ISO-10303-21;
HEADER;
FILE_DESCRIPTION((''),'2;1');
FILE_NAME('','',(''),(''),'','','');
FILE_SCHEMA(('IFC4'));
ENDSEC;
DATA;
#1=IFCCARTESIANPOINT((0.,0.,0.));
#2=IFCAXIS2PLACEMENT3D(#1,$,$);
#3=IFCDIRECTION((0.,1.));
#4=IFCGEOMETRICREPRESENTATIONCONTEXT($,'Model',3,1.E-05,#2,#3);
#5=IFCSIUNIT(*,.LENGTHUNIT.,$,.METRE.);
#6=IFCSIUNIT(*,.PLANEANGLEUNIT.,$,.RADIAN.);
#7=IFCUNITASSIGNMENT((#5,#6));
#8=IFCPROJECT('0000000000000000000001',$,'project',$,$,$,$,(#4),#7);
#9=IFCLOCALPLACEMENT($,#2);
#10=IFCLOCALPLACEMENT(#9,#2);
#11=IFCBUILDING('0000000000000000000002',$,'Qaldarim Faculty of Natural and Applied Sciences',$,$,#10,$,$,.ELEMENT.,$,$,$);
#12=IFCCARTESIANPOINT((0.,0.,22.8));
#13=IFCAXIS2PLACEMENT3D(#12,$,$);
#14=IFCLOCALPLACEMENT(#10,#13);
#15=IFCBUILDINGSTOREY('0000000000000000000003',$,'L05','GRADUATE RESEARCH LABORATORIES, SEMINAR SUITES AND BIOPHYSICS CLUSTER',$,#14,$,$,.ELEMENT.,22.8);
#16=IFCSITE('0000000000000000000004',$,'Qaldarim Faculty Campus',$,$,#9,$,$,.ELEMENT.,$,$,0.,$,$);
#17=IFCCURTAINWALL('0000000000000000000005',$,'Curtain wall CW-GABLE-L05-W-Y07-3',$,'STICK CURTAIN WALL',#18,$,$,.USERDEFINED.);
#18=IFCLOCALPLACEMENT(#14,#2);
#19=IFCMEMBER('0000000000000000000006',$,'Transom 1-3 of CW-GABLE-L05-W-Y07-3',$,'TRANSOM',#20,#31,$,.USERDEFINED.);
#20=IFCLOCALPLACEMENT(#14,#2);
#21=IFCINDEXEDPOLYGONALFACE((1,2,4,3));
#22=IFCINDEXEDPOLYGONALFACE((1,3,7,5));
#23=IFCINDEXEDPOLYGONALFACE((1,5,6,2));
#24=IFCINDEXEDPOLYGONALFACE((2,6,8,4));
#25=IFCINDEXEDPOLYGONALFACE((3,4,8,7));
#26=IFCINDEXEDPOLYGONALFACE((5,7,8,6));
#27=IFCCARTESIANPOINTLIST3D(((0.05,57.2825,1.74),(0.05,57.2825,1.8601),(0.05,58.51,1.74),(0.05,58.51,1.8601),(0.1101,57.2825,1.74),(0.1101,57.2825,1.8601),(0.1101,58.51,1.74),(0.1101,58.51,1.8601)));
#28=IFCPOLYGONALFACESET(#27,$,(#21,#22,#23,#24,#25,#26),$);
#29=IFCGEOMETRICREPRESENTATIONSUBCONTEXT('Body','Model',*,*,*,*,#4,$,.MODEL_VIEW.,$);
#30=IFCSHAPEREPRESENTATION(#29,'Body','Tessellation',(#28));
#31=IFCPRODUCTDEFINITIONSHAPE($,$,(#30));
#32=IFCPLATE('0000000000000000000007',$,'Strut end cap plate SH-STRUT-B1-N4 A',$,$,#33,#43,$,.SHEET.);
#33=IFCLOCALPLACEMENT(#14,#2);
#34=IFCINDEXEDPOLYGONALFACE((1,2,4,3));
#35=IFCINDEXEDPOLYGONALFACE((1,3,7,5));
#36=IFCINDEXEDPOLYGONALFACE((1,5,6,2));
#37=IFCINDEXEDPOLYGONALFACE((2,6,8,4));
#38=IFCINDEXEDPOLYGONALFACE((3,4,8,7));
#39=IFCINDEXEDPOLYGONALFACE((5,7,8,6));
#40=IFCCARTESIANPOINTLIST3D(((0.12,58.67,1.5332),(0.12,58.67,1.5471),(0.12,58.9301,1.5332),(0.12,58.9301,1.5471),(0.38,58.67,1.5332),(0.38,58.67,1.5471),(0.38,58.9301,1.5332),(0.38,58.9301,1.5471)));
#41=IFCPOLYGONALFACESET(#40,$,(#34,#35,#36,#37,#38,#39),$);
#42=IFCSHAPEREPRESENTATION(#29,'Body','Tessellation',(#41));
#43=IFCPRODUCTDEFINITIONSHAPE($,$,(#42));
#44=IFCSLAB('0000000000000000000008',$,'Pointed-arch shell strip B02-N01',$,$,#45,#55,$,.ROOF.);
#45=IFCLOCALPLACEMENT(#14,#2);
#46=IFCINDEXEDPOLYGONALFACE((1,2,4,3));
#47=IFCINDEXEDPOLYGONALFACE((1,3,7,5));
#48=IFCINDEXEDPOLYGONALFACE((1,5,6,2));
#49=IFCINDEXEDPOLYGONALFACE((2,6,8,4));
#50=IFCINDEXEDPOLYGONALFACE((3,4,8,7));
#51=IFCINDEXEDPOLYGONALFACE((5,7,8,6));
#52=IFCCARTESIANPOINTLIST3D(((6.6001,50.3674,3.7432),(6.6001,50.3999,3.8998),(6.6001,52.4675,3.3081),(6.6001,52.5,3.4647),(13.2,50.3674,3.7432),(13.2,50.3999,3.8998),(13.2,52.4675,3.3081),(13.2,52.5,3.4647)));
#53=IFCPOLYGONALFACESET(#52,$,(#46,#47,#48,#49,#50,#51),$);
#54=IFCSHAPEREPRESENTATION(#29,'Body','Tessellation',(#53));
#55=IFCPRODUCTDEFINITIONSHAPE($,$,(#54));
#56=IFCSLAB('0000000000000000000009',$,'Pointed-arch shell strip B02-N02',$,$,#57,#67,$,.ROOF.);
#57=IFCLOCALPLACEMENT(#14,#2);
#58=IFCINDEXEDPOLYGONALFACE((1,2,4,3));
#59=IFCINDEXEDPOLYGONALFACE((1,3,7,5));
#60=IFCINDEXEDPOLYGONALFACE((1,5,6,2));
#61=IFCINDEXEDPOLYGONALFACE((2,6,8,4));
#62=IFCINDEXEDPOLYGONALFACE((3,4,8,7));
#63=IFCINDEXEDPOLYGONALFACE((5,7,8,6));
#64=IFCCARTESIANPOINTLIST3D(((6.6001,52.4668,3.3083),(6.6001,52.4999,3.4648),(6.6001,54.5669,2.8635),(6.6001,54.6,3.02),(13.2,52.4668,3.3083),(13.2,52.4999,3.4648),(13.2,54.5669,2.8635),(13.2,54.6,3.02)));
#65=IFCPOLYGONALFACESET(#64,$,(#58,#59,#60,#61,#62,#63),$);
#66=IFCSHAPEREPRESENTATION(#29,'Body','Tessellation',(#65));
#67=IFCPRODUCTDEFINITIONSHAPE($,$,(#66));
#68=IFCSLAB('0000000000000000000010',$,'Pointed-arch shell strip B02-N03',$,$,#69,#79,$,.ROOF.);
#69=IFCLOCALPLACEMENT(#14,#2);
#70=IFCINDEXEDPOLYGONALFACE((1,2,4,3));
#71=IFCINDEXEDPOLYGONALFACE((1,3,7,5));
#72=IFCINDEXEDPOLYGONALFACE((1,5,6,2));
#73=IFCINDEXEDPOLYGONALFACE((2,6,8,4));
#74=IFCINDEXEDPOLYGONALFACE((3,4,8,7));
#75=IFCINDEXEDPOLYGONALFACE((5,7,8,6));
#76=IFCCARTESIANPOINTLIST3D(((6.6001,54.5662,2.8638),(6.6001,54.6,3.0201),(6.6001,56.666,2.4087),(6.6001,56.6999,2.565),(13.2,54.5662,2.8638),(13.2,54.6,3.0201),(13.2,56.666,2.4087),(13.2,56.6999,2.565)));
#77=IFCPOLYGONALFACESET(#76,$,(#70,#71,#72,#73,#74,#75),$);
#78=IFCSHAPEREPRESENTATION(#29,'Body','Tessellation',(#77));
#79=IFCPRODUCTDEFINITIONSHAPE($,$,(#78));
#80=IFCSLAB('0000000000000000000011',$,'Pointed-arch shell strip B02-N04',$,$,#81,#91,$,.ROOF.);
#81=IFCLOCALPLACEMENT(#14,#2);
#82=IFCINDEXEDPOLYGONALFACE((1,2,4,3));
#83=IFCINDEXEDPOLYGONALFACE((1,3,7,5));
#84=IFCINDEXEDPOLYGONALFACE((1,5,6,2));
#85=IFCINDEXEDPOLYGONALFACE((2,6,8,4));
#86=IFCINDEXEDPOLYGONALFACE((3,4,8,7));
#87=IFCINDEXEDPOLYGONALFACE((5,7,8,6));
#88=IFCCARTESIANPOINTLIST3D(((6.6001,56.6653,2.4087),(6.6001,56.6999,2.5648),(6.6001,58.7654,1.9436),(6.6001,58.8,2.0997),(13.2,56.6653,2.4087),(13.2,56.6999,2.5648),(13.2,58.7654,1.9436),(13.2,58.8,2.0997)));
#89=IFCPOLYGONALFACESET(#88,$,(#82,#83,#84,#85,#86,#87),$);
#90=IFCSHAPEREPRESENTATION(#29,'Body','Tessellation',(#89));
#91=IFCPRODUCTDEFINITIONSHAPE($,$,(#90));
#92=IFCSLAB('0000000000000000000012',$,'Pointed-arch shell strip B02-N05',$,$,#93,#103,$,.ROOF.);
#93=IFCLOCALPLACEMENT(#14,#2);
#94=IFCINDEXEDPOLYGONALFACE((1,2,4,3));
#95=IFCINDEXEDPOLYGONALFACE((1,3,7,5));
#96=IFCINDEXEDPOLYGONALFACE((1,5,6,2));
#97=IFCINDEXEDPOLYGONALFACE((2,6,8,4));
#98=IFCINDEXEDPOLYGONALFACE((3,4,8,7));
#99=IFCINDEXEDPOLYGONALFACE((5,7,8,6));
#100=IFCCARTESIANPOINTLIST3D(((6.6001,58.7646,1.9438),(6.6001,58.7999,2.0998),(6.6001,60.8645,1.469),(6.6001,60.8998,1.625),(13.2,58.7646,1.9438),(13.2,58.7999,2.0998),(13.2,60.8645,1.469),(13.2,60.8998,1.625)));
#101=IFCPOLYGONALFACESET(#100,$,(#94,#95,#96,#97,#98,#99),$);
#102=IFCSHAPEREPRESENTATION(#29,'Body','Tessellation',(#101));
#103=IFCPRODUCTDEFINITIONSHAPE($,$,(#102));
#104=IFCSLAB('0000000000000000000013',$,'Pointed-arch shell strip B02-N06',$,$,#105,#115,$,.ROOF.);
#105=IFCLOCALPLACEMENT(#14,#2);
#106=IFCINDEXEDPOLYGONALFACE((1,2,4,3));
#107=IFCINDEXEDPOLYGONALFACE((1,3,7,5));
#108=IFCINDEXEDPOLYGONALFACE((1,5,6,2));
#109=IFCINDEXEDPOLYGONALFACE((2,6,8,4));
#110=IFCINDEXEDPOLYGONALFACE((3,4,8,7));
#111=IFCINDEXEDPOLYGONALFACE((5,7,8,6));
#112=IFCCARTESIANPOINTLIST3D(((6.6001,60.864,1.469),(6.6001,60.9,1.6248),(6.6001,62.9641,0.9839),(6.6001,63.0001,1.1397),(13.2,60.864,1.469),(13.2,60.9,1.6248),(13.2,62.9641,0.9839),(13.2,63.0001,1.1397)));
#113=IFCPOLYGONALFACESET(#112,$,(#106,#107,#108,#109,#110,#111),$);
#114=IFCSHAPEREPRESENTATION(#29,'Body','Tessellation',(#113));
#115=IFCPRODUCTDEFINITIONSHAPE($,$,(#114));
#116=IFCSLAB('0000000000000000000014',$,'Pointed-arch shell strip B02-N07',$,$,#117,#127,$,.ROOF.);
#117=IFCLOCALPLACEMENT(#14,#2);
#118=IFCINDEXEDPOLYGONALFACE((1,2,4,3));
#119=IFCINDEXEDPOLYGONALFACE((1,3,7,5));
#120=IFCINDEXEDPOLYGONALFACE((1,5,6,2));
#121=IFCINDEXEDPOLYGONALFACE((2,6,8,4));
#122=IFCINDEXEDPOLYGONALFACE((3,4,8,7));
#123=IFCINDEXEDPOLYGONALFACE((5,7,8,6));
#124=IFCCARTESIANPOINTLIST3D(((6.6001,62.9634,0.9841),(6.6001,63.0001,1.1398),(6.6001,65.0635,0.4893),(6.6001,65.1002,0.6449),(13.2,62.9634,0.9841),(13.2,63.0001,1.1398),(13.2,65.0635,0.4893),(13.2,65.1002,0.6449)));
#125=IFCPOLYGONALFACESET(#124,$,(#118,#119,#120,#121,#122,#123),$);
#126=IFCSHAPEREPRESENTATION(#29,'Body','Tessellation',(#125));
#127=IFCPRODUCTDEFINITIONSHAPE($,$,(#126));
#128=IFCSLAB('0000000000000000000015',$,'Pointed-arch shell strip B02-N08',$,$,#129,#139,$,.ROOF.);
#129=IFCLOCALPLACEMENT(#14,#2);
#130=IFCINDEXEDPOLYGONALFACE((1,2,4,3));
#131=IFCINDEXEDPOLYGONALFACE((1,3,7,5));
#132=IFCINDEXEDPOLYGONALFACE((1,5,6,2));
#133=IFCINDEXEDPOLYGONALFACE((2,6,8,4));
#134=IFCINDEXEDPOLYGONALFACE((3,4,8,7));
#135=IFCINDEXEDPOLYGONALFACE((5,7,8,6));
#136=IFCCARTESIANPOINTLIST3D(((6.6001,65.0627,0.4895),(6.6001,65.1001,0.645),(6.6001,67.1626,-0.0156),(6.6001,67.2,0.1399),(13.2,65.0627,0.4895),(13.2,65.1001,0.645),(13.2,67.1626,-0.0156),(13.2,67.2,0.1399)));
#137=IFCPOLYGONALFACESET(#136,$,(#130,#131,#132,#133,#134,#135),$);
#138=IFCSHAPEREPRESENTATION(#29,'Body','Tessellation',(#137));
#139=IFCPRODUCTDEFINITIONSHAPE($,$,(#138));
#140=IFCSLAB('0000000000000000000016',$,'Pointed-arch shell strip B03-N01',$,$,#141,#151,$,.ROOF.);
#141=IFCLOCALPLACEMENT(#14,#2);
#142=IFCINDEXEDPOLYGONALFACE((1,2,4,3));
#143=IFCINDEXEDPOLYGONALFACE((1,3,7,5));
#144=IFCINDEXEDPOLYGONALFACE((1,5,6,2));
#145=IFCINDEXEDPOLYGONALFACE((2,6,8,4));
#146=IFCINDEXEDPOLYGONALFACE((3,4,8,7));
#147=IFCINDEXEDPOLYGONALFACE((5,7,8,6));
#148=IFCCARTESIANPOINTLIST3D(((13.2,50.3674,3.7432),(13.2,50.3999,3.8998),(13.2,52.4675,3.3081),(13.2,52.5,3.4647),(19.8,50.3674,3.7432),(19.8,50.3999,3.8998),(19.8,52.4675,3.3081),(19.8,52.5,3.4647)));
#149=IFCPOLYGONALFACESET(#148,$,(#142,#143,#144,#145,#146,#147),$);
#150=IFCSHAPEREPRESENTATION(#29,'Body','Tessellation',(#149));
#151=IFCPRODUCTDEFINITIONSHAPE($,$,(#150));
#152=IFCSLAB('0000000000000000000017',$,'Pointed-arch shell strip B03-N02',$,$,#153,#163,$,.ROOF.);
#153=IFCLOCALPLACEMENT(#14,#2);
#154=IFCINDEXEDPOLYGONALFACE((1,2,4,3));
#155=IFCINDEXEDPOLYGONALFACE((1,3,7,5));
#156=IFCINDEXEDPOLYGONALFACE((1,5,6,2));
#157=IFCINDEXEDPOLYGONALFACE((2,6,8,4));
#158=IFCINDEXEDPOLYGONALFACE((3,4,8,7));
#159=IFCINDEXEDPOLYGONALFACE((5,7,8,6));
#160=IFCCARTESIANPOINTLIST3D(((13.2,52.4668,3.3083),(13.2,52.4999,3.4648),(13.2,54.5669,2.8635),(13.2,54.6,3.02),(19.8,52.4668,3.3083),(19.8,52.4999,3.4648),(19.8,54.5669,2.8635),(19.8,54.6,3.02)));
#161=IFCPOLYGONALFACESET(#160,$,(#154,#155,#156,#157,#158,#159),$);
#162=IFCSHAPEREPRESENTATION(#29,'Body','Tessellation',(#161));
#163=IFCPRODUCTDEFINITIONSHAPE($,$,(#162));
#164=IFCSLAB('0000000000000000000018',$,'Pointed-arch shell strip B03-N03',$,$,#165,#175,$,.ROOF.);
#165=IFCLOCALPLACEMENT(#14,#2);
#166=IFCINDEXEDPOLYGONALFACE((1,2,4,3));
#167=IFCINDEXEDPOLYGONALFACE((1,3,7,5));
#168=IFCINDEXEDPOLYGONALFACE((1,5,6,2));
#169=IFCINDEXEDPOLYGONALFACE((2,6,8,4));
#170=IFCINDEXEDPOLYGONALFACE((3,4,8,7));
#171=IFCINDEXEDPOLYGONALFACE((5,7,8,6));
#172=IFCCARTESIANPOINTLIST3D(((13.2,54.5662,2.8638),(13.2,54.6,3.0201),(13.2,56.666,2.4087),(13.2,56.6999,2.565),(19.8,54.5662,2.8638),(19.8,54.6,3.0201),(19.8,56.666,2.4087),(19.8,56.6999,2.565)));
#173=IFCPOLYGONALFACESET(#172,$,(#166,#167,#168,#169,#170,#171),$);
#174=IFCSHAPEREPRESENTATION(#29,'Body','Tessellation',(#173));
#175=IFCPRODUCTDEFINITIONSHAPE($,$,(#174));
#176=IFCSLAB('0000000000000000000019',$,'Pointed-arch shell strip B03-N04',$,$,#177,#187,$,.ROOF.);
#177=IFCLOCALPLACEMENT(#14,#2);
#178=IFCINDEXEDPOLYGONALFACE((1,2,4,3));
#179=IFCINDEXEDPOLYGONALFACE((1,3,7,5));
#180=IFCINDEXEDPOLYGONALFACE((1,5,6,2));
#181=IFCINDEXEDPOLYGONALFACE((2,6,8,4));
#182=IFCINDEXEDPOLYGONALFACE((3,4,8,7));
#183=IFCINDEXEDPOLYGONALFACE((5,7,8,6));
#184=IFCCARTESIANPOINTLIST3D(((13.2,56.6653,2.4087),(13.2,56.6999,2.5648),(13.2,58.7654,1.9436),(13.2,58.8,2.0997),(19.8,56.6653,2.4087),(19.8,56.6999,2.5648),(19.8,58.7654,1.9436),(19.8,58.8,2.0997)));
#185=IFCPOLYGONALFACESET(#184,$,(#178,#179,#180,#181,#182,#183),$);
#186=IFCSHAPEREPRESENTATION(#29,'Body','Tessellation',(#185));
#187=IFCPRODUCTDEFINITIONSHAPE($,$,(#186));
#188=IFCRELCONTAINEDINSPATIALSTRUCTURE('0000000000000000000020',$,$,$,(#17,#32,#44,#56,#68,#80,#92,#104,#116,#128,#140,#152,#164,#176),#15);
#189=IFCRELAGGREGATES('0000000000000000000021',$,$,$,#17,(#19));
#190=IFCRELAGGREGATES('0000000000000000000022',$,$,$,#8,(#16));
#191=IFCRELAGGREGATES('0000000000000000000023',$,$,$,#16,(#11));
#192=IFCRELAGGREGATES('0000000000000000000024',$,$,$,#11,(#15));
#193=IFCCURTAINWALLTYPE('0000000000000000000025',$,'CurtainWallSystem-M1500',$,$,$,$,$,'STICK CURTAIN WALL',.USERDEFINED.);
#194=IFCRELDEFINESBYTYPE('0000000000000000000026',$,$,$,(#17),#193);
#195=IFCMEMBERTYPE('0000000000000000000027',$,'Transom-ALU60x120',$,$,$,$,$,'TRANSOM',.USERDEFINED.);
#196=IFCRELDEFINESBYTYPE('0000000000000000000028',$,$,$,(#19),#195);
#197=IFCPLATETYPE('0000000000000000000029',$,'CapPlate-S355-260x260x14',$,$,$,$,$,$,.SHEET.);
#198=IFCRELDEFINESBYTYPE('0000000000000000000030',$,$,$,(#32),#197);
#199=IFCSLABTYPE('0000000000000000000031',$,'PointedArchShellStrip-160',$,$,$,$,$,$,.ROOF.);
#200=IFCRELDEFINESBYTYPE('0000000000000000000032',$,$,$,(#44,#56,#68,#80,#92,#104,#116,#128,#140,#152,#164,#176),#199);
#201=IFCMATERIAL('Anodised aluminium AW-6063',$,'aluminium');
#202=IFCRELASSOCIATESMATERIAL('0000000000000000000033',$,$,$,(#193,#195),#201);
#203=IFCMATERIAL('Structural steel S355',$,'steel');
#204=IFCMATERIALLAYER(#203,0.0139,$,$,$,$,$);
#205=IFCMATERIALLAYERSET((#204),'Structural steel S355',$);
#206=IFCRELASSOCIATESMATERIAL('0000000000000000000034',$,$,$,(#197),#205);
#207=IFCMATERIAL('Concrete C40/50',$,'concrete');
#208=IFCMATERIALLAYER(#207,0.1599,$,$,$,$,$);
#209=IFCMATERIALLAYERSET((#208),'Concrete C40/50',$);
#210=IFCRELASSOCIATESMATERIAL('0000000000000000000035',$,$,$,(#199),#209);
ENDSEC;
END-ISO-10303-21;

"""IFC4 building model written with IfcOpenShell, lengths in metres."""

from ifc_helpers import new_model, si_unit, direction, frame, origin, origin_2d, place, context, subcontext, project, spatial, polyline, rectangle, outline, extrude, material, layer, layer_set, material_profile, profile_set, type_object, element, aggregate, save


model = new_model("IFC4")

# Units and contexts
model_context = context("Model", 3, precision=1e-05, world=origin(), true_north=direction((0.0, 1.0)))
body_context = subcontext(model_context, "Body", "Model", "MODEL_VIEW")
ifc_project = project(units=[si_unit("LENGTHUNIT", "METRE"), si_unit("PLANEANGLEUNIT", "RADIAN")], contexts=[model_context])

# Site, building, storey
site_placement = place(None, origin())
site = spatial("IfcSite", under=ifc_project, at=site_placement, Name="Qaldarim Faculty Campus", CompositionType="ELEMENT", RefElevation=0.0)
building_placement = place(site_placement, origin())
building = spatial("IfcBuilding", under=site, at=building_placement, Name="Qaldarim Faculty of Natural and Applied Sciences", CompositionType="ELEMENT")
storey_placement = place(building_placement, frame((0.0, 0.0, 22.8)))
storey = spatial("IfcBuildingStorey", under=building, at=storey_placement, Name="L05", Description="GRADUATE RESEARCH LABORATORIES, SEMINAR SUITES AND BIOPHYSICS CLUSTER", CompositionType="ELEMENT", Elevation=22.8)

# Curtain wall
ifc_material_1 = material(Name="Anodised aluminium AW-6063", Category="aluminium")
curtain_wall_type = type_object("IfcCurtainWallType", Name="CurtainWallSystem-M1500", ElementType="STICK CURTAIN WALL", PredefinedType="USERDEFINED", material=ifc_material_1)
curtain_wall_placement = place(storey_placement, origin())
curtain_wall = element("IfcCurtainWall", 1, at=curtain_wall_placement, inside=storey, type_object=curtain_wall_type, Name="Curtain wall CW-GABLE-L05-W-Y07-3", ObjectType="STICK CURTAIN WALL", PredefinedType="USERDEFINED")

# Member
ifc_material_2 = material(Name="Structural steel S355", Category="steel")
ifc_material_profile_1 = material_profile(ifc_material_1, rectangle(XDim=0.0601, YDim=0.1201, at=origin_2d()), Name="ALU-T60x120")
ifc_profile_set_1 = profile_set([ifc_material_profile_1], Name="Anodised aluminium AW-6063")
member_type_1 = type_object("IfcMemberType", Name="Transom-ALU60x120", ElementType="TRANSOM", PredefinedType="USERDEFINED", material=ifc_profile_set_1)
member_1_placement = place(storey_placement, frame((0.0801, 58.51, 1.8), z_axis=(0.0, -1.0, 0.0), x_axis=(1.0, 0.0, 0.0)))
member_1 = element("IfcMember", 2, at=member_1_placement, type_object=member_type_1, Name="Transom 1-3 of CW-GABLE-L05-W-Y07-3", ObjectType="TRANSOM", PredefinedType="USERDEFINED", context=body_context, shape_type="SweptSolid", body=[
    extrude(rectangle(XDim=0.0601, YDim=0.1201, at=origin_2d()), origin(), (0.0, 0.0, 1.0), 1.2275),
])
aggregate(curtain_wall, [member_1])

# Plate
ifc_layer_1 = layer(ifc_material_2, 0.0139)
ifc_layer_set_1 = layer_set([ifc_layer_1], Name="Structural steel S355")
plate_type = type_object("IfcPlateType", Name="CapPlate-S355-260x260x14", PredefinedType="SHEET", material=ifc_layer_set_1)
plate_placement = place(storey_placement, frame((0.25, 58.8, 1.5332), z_axis=(0.0, 0.0, 1.0), x_axis=(1.0, 0.0, 0.0)))
element("IfcPlate", 3, at=plate_placement, inside=storey, type_object=plate_type, Name="Strut end cap plate SH-STRUT-B1-N4 A", PredefinedType="SHEET", context=body_context, shape_type="SweptSolid", body=[
    extrude(rectangle(XDim=0.26, YDim=0.26, at=origin_2d()), origin(), (0.0, 0.0, 1.0), 0.0139),
])

# Slabs
ifc_material_3 = material(Name="Concrete C40/50", Category="concrete")
ifc_layer_2 = layer(ifc_material_3, 0.1599)
ifc_layer_set_2 = layer_set([ifc_layer_2], Name="Concrete C40/50")
slab_type = type_object("IfcSlabType", Name="PointedArchShellStrip-160", PredefinedType="ROOF", material=ifc_layer_set_2)
slab_1_placement = place(storey_placement, frame((6.6001, 50.3674, 3.7432), z_axis=(0.0, 0.202854, 0.979209), x_axis=(1.0, 0.0, 0.0)))
element("IfcSlab", 4, at=slab_1_placement, inside=storey, type_object=slab_type, Name="Pointed-arch shell strip B02-N01", PredefinedType="ROOF", context=body_context, shape_type="SweptSolid", body=[
    extrude(outline(polyline([(0.0, 0.0), (6.5999, 0.0), (6.5999, 2.1447), (0.0, 2.1447), (0.0, 0.0)])), origin(), (0.0, 0.0, 1.0), 0.1599),
])
slab_2_placement = place(storey_placement, frame((6.6001, 52.4668, 3.3083), z_axis=(0.0, 0.207214, 0.978296), x_axis=(1.0, 0.0, 0.0)))
element("IfcSlab", 5, at=slab_2_placement, inside=storey, type_object=slab_type, Name="Pointed-arch shell strip B02-N02", PredefinedType="ROOF", context=body_context, shape_type="SweptSolid", body=[
    extrude(outline(polyline([(0.0, 0.0), (6.5999, 0.0), (6.5999, 2.1467), (0.0, 2.1467), (0.0, 0.0)])), origin(), (0.0, 0.0, 1.0), 0.1599),
])
slab_3_placement = place(storey_placement, frame((6.6001, 54.5662, 2.8638), z_axis=(0.0, 0.211802, 0.977313), x_axis=(1.0, 0.0, 0.0)))
element("IfcSlab", 6, at=slab_3_placement, inside=storey, type_object=slab_type, Name="Pointed-arch shell strip B02-N03", PredefinedType="ROOF", context=body_context, shape_type="SweptSolid", body=[
    extrude(outline(polyline([(0.0, 0.0), (6.5999, 0.0), (6.5999, 2.1486), (0.0, 2.1486), (0.0, 0.0)])), origin(), (0.0, 0.0, 1.0), 0.1599),
])
slab_4_placement = place(storey_placement, frame((6.6001, 56.6653, 2.4087), z_axis=(0.0, 0.216221, 0.976344), x_axis=(1.0, 0.0, 0.0)))
element("IfcSlab", 7, at=slab_4_placement, inside=storey, type_object=slab_type, Name="Pointed-arch shell strip B02-N04", PredefinedType="ROOF", context=body_context, shape_type="SweptSolid", body=[
    extrude(outline(polyline([(0.0, 0.0), (6.5999, 0.0), (6.5999, 2.151), (0.0, 2.151), (0.0, 0.0)])), origin(), (0.0, 0.0, 1.0), 0.1599),
])
slab_5_placement = place(storey_placement, frame((6.6001, 58.7646, 1.9438), z_axis=(0.0, 0.220567, 0.975372), x_axis=(1.0, 0.0, 0.0)))
element("IfcSlab", 8, at=slab_5_placement, inside=storey, type_object=slab_type, Name="Pointed-arch shell strip B02-N05", PredefinedType="ROOF", context=body_context, shape_type="SweptSolid", body=[
    extrude(outline(polyline([(0.0, 0.0), (6.5999, 0.0), (6.5999, 2.1529), (0.0, 2.1529), (0.0, 0.0)])), origin(), (0.0, 0.0, 1.0), 0.1599),
])
slab_6_placement = place(storey_placement, frame((6.6001, 60.864, 1.469), z_axis=(0.0, 0.225066, 0.974343), x_axis=(1.0, 0.0, 0.0)))
element("IfcSlab", 9, at=slab_6_placement, inside=storey, type_object=slab_type, Name="Pointed-arch shell strip B02-N06", PredefinedType="ROOF", context=body_context, shape_type="SweptSolid", body=[
    extrude(outline(polyline([(0.0, 0.0), (6.5999, 0.0), (6.5999, 2.1554), (0.0, 2.1554), (0.0, 0.0)])), origin(), (0.0, 0.0, 1.0), 0.1599),
])
slab_7_placement = place(storey_placement, frame((6.6001, 62.9634, 0.9841), z_axis=(0.0, 0.229361, 0.973341), x_axis=(1.0, 0.0, 0.0)))
element("IfcSlab", 10, at=slab_7_placement, inside=storey, type_object=slab_type, Name="Pointed-arch shell strip B02-N07", PredefinedType="ROOF", context=body_context, shape_type="SweptSolid", body=[
    extrude(outline(polyline([(0.0, 0.0), (6.5999, 0.0), (6.5999, 2.1576), (0.0, 2.1576), (0.0, 0.0)])), origin(), (0.0, 0.0, 1.0), 0.1599),
])
slab_8_placement = place(storey_placement, frame((6.6001, 65.0627, 0.4895), z_axis=(0.0, 0.233882, 0.972265), x_axis=(1.0, 0.0, 0.0)))
element("IfcSlab", 11, at=slab_8_placement, inside=storey, type_object=slab_type, Name="Pointed-arch shell strip B02-N08", PredefinedType="ROOF", context=body_context, shape_type="SweptSolid", body=[
    extrude(outline(polyline([(0.0, 0.0), (6.5999, 0.0), (6.5999, 2.1598), (0.0, 2.1598), (0.0, 0.0)])), origin(), (0.0, 0.0, 1.0), 0.1599),
])
slab_9_placement = place(storey_placement, frame((13.2, 50.3674, 3.7432), z_axis=(0.0, 0.202854, 0.979209), x_axis=(1.0, 0.0, 0.0)))
element("IfcSlab", 12, at=slab_9_placement, inside=storey, type_object=slab_type, Name="Pointed-arch shell strip B03-N01", PredefinedType="ROOF", context=body_context, shape_type="SweptSolid", body=[
    extrude(outline(polyline([(0.0, 0.0), (6.6001, 0.0), (6.6001, 2.1447), (0.0, 2.1447), (0.0, 0.0)])), origin(), (0.0, 0.0, 1.0), 0.1599),
])
slab_10_placement = place(storey_placement, frame((13.2, 52.4668, 3.3083), z_axis=(0.0, 0.207214, 0.978296), x_axis=(1.0, 0.0, 0.0)))
element("IfcSlab", 13, at=slab_10_placement, inside=storey, type_object=slab_type, Name="Pointed-arch shell strip B03-N02", PredefinedType="ROOF", context=body_context, shape_type="SweptSolid", body=[
    extrude(outline(polyline([(0.0, 0.0), (6.6001, 0.0), (6.6001, 2.1467), (0.0, 2.1467), (0.0, 0.0)])), origin(), (0.0, 0.0, 1.0), 0.1599),
])
slab_11_placement = place(storey_placement, frame((13.2, 54.5662, 2.8638), z_axis=(0.0, 0.211802, 0.977313), x_axis=(1.0, 0.0, 0.0)))
element("IfcSlab", 14, at=slab_11_placement, inside=storey, type_object=slab_type, Name="Pointed-arch shell strip B03-N03", PredefinedType="ROOF", context=body_context, shape_type="SweptSolid", body=[
    extrude(outline(polyline([(0.0, 0.0), (6.6001, 0.0), (6.6001, 2.1486), (0.0, 2.1486), (0.0, 0.0)])), origin(), (0.0, 0.0, 1.0), 0.1599),
])
slab_12_placement = place(storey_placement, frame((13.2, 56.6653, 2.4087), z_axis=(0.0, 0.216221, 0.976344), x_axis=(1.0, 0.0, 0.0)))
element("IfcSlab", 15, at=slab_12_placement, inside=storey, type_object=slab_type, Name="Pointed-arch shell strip B03-N04", PredefinedType="ROOF", context=body_context, shape_type="SweptSolid", body=[
    extrude(outline(polyline([(0.0, 0.0), (6.6001, 0.0), (6.6001, 2.151), (0.0, 2.151), (0.0, 0.0)])), origin(), (0.0, 0.0, 1.0), 0.1599),
])

save(model, "model.ifc")
